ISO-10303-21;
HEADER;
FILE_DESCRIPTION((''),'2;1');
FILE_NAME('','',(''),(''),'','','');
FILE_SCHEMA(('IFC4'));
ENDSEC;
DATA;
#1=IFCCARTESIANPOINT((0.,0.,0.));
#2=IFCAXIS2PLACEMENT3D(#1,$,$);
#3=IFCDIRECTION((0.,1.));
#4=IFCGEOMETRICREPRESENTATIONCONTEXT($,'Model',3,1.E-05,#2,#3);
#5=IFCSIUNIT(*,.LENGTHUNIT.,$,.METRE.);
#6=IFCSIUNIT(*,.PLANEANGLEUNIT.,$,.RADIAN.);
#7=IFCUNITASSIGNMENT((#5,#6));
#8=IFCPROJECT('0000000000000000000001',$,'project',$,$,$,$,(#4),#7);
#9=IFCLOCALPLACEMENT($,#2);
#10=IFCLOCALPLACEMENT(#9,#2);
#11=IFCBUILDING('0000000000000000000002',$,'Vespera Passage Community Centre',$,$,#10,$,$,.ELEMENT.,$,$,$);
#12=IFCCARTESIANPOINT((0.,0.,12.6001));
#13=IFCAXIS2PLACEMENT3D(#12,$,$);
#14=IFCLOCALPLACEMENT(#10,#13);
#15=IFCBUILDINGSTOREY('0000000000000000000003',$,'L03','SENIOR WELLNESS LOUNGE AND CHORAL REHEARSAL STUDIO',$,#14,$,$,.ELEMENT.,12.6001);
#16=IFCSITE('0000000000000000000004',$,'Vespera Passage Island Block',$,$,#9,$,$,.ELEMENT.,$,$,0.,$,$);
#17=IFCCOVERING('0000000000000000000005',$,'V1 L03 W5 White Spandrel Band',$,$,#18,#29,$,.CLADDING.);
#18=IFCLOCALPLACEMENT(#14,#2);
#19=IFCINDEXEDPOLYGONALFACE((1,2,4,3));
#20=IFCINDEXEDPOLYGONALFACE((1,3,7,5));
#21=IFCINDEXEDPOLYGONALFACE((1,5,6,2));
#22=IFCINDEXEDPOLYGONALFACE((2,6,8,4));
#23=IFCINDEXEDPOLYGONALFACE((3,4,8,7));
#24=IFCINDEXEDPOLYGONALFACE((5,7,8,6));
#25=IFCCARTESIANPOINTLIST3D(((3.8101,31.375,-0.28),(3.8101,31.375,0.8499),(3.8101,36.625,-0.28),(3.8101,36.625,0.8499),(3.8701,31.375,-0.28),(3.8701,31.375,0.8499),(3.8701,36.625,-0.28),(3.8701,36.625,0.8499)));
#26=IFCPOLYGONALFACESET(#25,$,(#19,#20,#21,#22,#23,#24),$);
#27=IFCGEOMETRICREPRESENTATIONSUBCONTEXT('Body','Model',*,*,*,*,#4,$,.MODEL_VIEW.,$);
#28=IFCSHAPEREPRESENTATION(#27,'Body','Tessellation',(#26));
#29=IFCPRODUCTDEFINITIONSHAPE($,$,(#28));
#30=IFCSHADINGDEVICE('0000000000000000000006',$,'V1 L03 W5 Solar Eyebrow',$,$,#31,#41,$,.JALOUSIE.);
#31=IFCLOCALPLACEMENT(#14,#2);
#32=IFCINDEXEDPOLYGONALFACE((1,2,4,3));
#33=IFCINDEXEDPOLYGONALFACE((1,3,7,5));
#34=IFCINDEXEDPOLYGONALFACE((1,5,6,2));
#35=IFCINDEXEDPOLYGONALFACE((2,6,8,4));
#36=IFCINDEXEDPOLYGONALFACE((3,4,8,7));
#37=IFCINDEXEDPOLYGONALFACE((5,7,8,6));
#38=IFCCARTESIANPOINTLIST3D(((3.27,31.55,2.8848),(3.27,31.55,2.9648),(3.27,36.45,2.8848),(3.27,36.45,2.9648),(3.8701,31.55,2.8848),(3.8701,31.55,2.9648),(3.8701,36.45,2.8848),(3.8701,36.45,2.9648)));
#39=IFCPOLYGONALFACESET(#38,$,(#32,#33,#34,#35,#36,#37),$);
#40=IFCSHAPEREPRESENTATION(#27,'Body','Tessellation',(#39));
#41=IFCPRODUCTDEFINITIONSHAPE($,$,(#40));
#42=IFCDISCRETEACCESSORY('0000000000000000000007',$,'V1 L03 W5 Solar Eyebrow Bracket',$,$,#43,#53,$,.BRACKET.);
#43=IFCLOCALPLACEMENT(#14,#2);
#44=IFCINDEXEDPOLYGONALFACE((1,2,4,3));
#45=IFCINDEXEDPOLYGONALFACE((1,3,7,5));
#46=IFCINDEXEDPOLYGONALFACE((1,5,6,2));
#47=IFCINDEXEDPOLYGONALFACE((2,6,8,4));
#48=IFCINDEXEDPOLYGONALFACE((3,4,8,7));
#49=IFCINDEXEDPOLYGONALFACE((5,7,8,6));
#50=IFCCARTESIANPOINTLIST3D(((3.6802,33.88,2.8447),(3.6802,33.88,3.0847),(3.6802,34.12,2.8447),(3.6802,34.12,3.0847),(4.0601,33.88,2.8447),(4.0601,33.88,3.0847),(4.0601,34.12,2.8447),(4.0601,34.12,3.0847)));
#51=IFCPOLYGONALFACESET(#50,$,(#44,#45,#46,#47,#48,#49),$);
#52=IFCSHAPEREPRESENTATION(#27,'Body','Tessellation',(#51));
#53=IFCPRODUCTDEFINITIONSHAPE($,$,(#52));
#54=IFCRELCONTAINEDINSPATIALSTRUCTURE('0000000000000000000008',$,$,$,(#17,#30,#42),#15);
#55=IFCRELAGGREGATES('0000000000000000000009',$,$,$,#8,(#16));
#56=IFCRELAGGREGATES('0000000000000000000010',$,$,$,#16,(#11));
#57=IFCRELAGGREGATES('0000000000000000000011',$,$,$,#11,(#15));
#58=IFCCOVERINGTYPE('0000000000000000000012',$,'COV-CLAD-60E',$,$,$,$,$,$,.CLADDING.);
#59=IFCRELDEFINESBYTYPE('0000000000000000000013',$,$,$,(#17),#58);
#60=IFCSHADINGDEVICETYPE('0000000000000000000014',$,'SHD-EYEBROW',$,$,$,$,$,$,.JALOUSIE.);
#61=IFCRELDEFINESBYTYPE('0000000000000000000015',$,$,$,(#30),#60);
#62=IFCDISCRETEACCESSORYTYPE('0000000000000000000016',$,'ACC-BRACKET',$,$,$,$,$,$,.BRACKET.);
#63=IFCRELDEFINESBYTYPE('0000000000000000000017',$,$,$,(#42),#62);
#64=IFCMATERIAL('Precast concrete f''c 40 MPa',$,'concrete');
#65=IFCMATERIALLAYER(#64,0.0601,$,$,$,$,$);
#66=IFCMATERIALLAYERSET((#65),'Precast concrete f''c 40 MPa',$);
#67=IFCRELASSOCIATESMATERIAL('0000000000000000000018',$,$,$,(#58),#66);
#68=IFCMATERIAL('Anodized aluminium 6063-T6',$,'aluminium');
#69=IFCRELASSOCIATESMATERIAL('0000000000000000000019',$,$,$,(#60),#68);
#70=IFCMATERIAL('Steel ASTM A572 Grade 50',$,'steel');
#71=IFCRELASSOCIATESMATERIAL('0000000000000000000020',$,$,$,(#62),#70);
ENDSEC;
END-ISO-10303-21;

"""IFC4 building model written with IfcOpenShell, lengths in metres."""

from ifc_helpers import new_model, si_unit, direction, frame, frame_2d, origin, origin_2d, place, context, subcontext, project, spatial, rectangle, extrude, material, layer, layer_set, type_object, element, save


model = new_model("IFC4")

# Units and contexts
model_context = context("Model", 3, precision=1e-05, world=origin(), true_north=direction((0.0, 1.0)))
body_context = subcontext(model_context, "Body", "Model", "MODEL_VIEW")
ifc_project = project(units=[si_unit("LENGTHUNIT", "METRE"), si_unit("PLANEANGLEUNIT", "RADIAN")], contexts=[model_context])

# Site, building, storey
site_placement = place(None, origin())
site = spatial("IfcSite", under=ifc_project, at=site_placement, Name="Vespera Passage Island Block", CompositionType="ELEMENT", RefElevation=0.0)
building_placement = place(site_placement, origin())
building = spatial("IfcBuilding", under=site, at=building_placement, Name="Vespera Passage Community Centre", CompositionType="ELEMENT")
storey_placement = place(building_placement, frame((0.0, 0.0, 12.6001)))
storey = spatial("IfcBuildingStorey", under=building, at=storey_placement, Name="L03", Description="SENIOR WELLNESS LOUNGE AND CHORAL REHEARSAL STUDIO", CompositionType="ELEMENT", Elevation=12.6001)

# Covering
ifc_material_1 = material(Name="Precast concrete f'c 40 MPa", Category="concrete")
ifc_layer_1 = layer(ifc_material_1, 0.0601)
ifc_layer_set_1 = layer_set([ifc_layer_1], Name="Precast concrete f'c 40 MPa")
covering_type = type_object("IfcCoveringType", Name="COV-CLAD-60E", PredefinedType="CLADDING", material=ifc_layer_set_1)
for number, where, z_axis, x_axis, name in (
    (1, (3.8401, 31.375, -0.28), (0.0, 0.0, 1.0), (0.0, 1.0, 0.0), "V1 L03 W5 White Spandrel Band"),
):
    element("IfcCovering", number, at=place(storey_placement, frame(where, z_axis=z_axis, x_axis=x_axis)), inside=storey, type_object=covering_type, Name=name, PredefinedType="CLADDING", context=body_context, shape_type="SweptSolid", body=[
        extrude(rectangle(XDim=5.25, YDim=0.0601, at=frame_2d((2.625, 0.0))), origin(), (0.0, 0.0, 1.0), 1.1299),
    ])

# Shading device
ifc_material_2 = material(Name="Anodized aluminium 6063-T6", Category="aluminium")
shading_device_type = type_object("IfcShadingDeviceType", Name="SHD-EYEBROW", PredefinedType="JALOUSIE", material=ifc_material_2)
shading_device_placement = place(storey_placement, frame((3.5701, 34.0, 2.8848), z_axis=(0.0, 0.0, 1.0), x_axis=(0.0, 1.0, 0.0)))
element("IfcShadingDevice", 2, at=shading_device_placement, inside=storey, type_object=shading_device_type, Name="V1 L03 W5 Solar Eyebrow", PredefinedType="JALOUSIE", context=body_context, shape_type="SweptSolid", body=[
    extrude(rectangle(XDim=4.8999, YDim=0.6001, at=origin_2d()), origin(), (0.0, 0.0, 1.0), 0.0801),
])

# Discrete accessory
ifc_material_3 = material(Name="Steel ASTM A572 Grade 50", Category="steel")
discrete_accessory_type = type_object("IfcDiscreteAccessoryType", Name="ACC-BRACKET", PredefinedType="BRACKET", material=ifc_material_3)
discrete_accessory_placement = place(storey_placement, frame((3.8701, 34.0, 2.8447), z_axis=(0.0, 0.0, 1.0), x_axis=(0.0, 1.0, 0.0)))
element("IfcDiscreteAccessory", 3, at=discrete_accessory_placement, inside=storey, type_object=discrete_accessory_type, Name="V1 L03 W5 Solar Eyebrow Bracket", PredefinedType="BRACKET", context=body_context, shape_type="SweptSolid", body=[
    extrude(rectangle(XDim=0.24, YDim=0.3799, at=origin_2d()), origin(), (0.0, 0.0, 1.0), 0.24),
])

save(model, "model.ifc")
